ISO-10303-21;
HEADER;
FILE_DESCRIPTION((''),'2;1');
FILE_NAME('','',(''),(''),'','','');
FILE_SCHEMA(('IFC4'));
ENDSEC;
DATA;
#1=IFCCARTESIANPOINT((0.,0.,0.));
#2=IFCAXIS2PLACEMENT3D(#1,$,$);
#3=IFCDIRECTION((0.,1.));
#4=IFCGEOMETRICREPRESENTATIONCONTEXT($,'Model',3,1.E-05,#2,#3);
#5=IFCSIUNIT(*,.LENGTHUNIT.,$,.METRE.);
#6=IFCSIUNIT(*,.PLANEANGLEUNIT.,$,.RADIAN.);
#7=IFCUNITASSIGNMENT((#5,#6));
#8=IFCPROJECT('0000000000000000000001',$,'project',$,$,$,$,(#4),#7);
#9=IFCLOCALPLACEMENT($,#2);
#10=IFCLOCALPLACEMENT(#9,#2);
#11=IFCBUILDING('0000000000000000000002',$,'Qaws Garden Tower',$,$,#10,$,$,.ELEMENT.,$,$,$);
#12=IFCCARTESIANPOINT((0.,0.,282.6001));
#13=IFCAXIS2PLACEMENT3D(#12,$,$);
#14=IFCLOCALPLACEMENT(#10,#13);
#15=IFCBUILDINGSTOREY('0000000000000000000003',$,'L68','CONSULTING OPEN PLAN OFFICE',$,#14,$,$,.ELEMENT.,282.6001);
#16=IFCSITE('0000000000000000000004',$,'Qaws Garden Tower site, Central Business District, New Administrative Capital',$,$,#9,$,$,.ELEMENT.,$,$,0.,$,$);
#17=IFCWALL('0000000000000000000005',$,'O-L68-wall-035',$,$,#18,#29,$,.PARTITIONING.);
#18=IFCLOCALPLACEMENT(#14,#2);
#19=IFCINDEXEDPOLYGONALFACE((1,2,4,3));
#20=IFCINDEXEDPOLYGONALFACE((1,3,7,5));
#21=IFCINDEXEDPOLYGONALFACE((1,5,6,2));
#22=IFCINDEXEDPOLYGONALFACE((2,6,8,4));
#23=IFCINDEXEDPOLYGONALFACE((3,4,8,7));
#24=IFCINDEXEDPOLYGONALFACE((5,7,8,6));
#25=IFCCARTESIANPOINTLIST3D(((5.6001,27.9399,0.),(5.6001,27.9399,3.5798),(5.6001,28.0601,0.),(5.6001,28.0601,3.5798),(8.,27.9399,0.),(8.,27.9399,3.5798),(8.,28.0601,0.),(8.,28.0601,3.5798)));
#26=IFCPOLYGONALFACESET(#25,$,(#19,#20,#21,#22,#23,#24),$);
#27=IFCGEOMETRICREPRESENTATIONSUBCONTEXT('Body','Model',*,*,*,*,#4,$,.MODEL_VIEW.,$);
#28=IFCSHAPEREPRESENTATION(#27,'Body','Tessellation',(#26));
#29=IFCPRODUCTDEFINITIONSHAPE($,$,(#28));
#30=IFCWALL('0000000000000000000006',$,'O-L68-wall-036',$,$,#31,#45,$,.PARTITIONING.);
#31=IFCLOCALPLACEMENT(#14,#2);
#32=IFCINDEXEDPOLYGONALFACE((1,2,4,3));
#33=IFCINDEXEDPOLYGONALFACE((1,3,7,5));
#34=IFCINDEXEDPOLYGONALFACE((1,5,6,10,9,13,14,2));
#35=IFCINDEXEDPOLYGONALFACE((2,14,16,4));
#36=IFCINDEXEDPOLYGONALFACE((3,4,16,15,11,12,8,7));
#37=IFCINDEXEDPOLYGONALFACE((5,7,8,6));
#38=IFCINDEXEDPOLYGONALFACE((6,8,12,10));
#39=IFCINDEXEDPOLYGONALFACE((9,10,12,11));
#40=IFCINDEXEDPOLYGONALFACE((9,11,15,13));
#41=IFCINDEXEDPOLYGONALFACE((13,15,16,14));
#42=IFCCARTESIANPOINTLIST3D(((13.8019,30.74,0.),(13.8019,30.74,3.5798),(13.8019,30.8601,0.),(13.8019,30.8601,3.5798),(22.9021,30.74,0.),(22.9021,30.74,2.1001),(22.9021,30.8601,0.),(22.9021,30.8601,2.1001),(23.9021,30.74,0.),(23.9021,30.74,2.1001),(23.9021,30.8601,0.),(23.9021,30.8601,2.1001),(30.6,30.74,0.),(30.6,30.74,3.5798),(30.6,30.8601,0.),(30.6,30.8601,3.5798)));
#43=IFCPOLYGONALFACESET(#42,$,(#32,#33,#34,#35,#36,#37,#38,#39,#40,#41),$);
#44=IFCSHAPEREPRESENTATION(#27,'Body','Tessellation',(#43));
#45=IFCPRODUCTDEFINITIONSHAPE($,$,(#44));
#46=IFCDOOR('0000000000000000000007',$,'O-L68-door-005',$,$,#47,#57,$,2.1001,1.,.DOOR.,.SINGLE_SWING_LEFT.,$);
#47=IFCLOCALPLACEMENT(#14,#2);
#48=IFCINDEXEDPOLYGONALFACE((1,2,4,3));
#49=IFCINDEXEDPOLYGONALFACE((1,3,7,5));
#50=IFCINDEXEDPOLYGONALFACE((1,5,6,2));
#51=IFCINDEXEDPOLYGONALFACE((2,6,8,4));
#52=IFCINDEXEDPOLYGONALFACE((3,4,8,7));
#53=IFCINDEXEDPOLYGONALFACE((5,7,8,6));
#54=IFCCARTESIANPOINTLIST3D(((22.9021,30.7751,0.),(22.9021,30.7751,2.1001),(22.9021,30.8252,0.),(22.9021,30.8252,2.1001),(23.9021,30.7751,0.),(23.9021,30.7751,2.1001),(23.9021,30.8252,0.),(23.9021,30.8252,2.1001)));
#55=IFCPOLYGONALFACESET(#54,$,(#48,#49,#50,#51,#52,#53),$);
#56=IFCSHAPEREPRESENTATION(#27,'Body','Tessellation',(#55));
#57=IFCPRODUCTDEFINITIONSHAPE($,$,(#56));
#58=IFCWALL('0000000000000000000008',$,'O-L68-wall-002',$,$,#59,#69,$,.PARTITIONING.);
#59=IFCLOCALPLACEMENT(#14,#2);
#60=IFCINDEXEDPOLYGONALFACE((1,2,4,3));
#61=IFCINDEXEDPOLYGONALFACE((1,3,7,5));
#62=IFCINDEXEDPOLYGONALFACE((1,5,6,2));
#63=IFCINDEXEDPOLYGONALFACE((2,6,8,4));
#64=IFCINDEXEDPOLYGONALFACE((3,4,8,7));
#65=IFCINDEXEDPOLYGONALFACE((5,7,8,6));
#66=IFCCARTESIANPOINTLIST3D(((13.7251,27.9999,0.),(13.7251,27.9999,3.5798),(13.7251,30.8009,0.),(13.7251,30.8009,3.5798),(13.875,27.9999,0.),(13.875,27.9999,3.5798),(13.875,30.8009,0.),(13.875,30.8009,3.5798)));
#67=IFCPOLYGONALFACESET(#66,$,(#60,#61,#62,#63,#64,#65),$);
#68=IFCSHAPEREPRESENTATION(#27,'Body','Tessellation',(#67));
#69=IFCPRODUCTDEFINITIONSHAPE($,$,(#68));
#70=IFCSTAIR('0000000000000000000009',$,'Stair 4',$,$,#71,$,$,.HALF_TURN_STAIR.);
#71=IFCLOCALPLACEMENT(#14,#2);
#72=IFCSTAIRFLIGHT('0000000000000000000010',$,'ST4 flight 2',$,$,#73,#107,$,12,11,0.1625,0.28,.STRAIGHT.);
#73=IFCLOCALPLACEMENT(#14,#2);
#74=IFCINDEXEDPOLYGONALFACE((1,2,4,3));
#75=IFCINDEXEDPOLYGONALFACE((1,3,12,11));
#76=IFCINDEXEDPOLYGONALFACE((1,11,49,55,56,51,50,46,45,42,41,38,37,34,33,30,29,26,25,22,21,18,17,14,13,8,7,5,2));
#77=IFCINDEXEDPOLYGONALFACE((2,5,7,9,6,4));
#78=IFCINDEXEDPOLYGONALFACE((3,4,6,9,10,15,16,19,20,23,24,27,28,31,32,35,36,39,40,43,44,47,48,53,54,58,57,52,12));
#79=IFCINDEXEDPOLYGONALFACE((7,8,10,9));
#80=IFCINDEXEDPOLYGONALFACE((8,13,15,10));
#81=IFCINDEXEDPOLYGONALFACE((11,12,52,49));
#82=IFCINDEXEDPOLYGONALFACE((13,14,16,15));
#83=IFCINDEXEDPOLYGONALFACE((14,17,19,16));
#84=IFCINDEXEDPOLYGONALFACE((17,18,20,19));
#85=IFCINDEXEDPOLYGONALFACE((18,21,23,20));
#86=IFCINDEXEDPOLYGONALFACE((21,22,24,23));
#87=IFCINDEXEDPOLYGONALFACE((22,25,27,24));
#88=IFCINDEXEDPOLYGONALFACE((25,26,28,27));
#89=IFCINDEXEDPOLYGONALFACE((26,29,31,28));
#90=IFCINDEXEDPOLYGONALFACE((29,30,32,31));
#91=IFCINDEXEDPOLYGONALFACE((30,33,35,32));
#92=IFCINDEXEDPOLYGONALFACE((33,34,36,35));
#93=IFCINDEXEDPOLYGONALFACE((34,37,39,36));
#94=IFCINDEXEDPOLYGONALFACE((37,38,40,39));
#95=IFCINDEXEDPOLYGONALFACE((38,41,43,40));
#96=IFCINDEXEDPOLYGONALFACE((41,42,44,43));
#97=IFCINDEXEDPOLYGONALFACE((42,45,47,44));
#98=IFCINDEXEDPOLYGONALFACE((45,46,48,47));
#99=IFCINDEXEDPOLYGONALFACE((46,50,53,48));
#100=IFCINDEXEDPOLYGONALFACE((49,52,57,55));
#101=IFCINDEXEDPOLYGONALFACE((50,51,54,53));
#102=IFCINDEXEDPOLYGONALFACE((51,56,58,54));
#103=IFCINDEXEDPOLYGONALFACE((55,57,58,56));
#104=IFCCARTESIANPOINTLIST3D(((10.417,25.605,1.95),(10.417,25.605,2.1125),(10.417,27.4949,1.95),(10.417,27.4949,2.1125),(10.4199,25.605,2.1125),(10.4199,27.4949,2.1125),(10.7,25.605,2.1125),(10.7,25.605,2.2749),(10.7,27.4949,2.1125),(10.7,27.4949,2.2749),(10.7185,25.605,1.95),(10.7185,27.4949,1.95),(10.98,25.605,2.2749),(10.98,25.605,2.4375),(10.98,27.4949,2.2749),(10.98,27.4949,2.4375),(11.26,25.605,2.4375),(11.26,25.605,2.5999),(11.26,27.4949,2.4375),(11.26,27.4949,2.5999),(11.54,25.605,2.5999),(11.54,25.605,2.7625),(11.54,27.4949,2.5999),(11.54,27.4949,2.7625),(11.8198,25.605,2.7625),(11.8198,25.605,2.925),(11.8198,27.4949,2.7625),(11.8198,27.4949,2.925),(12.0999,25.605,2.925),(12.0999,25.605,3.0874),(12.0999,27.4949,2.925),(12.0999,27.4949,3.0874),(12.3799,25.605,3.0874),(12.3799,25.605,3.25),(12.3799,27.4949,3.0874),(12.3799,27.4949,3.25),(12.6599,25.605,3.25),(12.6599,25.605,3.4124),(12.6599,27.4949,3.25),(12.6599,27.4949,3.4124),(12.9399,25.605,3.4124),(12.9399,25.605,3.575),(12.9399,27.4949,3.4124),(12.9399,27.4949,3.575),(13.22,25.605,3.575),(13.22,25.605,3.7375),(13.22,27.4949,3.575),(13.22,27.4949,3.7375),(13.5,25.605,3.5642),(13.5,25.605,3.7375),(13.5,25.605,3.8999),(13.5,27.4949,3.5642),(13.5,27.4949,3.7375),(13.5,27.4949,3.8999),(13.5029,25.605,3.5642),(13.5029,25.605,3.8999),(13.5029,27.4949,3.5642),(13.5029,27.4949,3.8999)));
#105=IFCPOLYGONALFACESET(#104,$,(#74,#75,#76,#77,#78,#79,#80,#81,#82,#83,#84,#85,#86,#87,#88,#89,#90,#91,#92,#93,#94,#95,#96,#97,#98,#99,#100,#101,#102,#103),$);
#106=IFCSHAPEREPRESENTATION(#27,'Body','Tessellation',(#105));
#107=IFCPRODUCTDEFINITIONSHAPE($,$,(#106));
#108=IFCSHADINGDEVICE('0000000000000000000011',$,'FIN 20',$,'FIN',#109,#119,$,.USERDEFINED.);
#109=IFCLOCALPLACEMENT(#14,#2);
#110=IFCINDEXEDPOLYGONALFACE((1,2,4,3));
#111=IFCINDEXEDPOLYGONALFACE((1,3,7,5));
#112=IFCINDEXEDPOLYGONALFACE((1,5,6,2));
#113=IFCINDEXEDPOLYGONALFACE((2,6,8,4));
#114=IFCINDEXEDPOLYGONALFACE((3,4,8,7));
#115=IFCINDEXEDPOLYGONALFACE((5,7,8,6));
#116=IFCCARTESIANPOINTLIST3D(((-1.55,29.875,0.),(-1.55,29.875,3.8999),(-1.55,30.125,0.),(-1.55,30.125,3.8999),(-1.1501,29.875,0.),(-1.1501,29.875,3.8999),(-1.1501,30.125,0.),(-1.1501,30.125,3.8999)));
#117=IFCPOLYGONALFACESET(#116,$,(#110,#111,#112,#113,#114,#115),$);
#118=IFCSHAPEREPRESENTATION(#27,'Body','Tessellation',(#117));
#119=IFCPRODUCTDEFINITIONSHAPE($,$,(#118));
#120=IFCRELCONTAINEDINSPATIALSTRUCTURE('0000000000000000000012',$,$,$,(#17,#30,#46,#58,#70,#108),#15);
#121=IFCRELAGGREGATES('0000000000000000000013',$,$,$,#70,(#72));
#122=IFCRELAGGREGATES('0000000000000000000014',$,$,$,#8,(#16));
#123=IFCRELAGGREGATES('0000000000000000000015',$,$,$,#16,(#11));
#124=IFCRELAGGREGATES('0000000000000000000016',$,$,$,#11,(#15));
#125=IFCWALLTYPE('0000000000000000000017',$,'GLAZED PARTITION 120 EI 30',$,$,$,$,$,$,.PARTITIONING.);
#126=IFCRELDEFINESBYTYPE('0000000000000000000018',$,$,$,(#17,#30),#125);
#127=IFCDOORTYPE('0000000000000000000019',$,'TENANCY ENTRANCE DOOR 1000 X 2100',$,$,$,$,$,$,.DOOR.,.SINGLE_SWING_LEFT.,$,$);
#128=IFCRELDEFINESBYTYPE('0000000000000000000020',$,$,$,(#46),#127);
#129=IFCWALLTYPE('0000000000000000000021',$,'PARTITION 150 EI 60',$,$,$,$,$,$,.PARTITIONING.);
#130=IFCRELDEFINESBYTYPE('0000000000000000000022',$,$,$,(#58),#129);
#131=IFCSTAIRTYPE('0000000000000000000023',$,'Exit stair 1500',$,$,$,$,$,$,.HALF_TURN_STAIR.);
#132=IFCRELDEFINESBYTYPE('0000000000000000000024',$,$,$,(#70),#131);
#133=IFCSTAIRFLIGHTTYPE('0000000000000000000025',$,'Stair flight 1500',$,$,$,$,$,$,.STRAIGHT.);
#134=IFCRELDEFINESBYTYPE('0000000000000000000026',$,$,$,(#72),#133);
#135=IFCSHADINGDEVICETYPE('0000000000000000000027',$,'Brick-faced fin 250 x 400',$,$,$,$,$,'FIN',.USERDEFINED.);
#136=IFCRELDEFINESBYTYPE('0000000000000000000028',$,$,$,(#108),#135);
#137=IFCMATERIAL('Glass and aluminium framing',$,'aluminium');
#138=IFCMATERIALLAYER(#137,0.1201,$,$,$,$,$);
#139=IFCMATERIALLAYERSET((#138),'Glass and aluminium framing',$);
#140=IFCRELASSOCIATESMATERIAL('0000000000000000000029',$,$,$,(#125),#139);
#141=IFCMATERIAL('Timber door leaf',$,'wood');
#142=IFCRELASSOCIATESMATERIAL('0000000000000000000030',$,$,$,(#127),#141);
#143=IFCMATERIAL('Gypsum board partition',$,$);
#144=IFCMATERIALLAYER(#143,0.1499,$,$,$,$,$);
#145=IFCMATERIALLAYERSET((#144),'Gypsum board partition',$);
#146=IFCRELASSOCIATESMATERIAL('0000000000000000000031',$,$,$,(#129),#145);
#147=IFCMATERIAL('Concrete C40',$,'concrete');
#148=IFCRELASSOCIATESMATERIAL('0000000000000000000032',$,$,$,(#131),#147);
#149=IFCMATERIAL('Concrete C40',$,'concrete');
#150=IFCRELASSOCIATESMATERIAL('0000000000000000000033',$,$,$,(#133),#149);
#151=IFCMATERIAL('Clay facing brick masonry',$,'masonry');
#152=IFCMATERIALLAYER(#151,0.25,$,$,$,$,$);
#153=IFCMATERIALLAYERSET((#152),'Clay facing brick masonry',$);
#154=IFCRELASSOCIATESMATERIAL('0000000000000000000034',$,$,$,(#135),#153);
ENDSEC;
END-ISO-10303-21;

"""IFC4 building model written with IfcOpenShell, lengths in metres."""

from ifc_helpers import new_model, si_unit, direction, frame, frame_2d, origin, origin_2d, place, context, subcontext, project, spatial, polyline, rectangle, outline, extrude, material, layer, layer_set, type_object, element, fill, aggregate, save


model = new_model("IFC4")

# Units and contexts
model_context = context("Model", 3, precision=1e-05, world=origin(), true_north=direction((0.0, 1.0)))
body_context = subcontext(model_context, "Body", "Model", "MODEL_VIEW")
ifc_project = project(units=[si_unit("LENGTHUNIT", "METRE"), si_unit("PLANEANGLEUNIT", "RADIAN")], contexts=[model_context])

# Site, building, storey
site_placement = place(None, origin())
site = spatial("IfcSite", under=ifc_project, at=site_placement, Name="Qaws Garden Tower site, Central Business District, New Administrative Capital", CompositionType="ELEMENT", RefElevation=0.0)
building_placement = place(site_placement, origin())
building = spatial("IfcBuilding", under=site, at=building_placement, Name="Qaws Garden Tower", CompositionType="ELEMENT")
storey_placement = place(building_placement, frame((0.0, 0.0, 282.6001)))
storey = spatial("IfcBuildingStorey", under=building, at=storey_placement, Name="L68", Description="CONSULTING OPEN PLAN OFFICE", CompositionType="ELEMENT", Elevation=282.6001)

# Shared definitions
ifc_material_1 = material(Name="Glass and aluminium framing", Category="aluminium")
ifc_layer_1 = layer(ifc_material_1, 0.1201)
ifc_layer_set_1 = layer_set([ifc_layer_1], Name="Glass and aluminium framing")
wall_type_1 = type_object("IfcWallType", Name="GLAZED PARTITION 120 EI 30", PredefinedType="PARTITIONING", material=ifc_layer_set_1)

# Wall
wall_1_placement = place(storey_placement, frame((5.6001, 28.0, 0.0), z_axis=(0.0, 0.0, 1.0), x_axis=(1.0, 0.0, 0.0)))
element("IfcWall", 1, at=wall_1_placement, inside=storey, type_object=wall_type_1, Name="O-L68-wall-035", PredefinedType="PARTITIONING", context=body_context, shape_type="SweptSolid", body=[
    extrude(rectangle(XDim=2.3999, YDim=0.1201, at=frame_2d((1.2, 0.0))), origin(), (0.0, 0.0, 1.0), 3.5798),
])

# Wall, opening, door
wall_2_placement = place(storey_placement, frame((13.802, 30.8, 0.0), z_axis=(0.0, 0.0, 1.0), x_axis=(1.0, 0.0, 0.0)))
wall_2 = element("IfcWall", 2, at=wall_2_placement, inside=storey, type_object=wall_type_1, Name="O-L68-wall-036", PredefinedType="PARTITIONING", context=body_context, shape_type="SweptSolid", body=[
    extrude(rectangle(XDim=16.7981, YDim=0.1201, at=frame_2d((8.3989, 0.0))), origin(), (0.0, 0.0, 1.0), 3.5798),
])
opening_1_placement = place(wall_2_placement, frame((9.1001, 0.0, 0.0)))
opening_1 = element("IfcOpeningElement", 3, at=opening_1_placement, cuts=wall_2, PredefinedType="OPENING", context=body_context, shape_type="SweptSolid", body=[
    extrude(rectangle(XDim=1.0, YDim=2.1001, at=frame_2d((0.5, 1.05))), frame((0.0, 0.0701, 0.0), z_axis=(0.0, -1.0, 0.0), x_axis=(1.0, 0.0, 0.0)), (0.0, 0.0, 1.0), 0.1401),
])
ifc_material_2 = material(Name="Timber door leaf", Category="wood")
door_type_1 = type_object("IfcDoorType", Name="TENANCY ENTRANCE DOOR 1000 X 2100", OperationType="SINGLE_SWING_LEFT", PredefinedType="DOOR", material=ifc_material_2)
door_1_placement = place(opening_1_placement, frame((1.0, 0.0, 0.0), z_axis=(0.0, 0.0, 1.0), x_axis=(-1.0, 0.0, 0.0)))
door_1 = element("IfcDoor", 4, at=door_1_placement, inside=storey, type_object=door_type_1, Name="O-L68-door-005", OperationType="SINGLE_SWING_LEFT", OverallHeight=2.1001, OverallWidth=1.0, PredefinedType="DOOR", context=body_context, shape_type="SweptSolid", body=[
    extrude(rectangle(XDim=1.0, YDim=2.1001, at=frame_2d((0.5, 1.05))), frame((0.0, 0.0249, 0.0), z_axis=(0.0, -1.0, 0.0), x_axis=(1.0, 0.0, 0.0)), (0.0, 0.0, 1.0), 0.05),
])
fill(opening_1, door_1)

# Wall
ifc_material_3 = material(Name="Gypsum board partition")
ifc_layer_2 = layer(ifc_material_3, 0.1499)
ifc_layer_set_2 = layer_set([ifc_layer_2], Name="Gypsum board partition")
wall_type_2 = type_object("IfcWallType", Name="PARTITION 150 EI 60", PredefinedType="PARTITIONING", material=ifc_layer_set_2)
wall_3_placement = place(storey_placement, frame((13.8, 28.0, 0.0), z_axis=(0.0, 0.0, 1.0), x_axis=(0.0, 1.0, 0.0)))
element("IfcWall", 5, at=wall_3_placement, inside=storey, type_object=wall_type_2, Name="O-L68-wall-002", PredefinedType="PARTITIONING", context=body_context, shape_type="SweptSolid", body=[
    extrude(rectangle(XDim=2.801, YDim=0.1499, at=frame_2d((1.4004, 0.0))), origin(), (0.0, 0.0, 1.0), 3.5798),
])

# Stair, stair flight
ifc_material_4 = material(Name="Concrete C40", Category="concrete")
stair_type = type_object("IfcStairType", Name="Exit stair 1500", PredefinedType="HALF_TURN_STAIR", material=ifc_material_4)
stair_placement = place(storey_placement, origin())
stair = element("IfcStair", 6, at=stair_placement, inside=storey, type_object=stair_type, Name="Stair 4", PredefinedType="HALF_TURN_STAIR")
ifc_material_5 = material(Name="Concrete C40", Category="concrete")
stair_flight_type = type_object("IfcStairFlightType", Name="Stair flight 1500", PredefinedType="STRAIGHT", material=ifc_material_5)
stair_flight_placement = place(storey_placement, frame((10.4199, 26.55, 1.95), z_axis=(0.0, 0.0, 1.0), x_axis=(1.0, 0.0, 0.0)))
stair_flight = element("IfcStairFlight", 7, at=stair_flight_placement, type_object=stair_flight_type, Name="ST4 flight 2", NumberOfRisers=12, NumberOfTreads=11, PredefinedType="STRAIGHT", RiserHeight=0.1625, TreadLength=0.28, context=body_context, shape_type="SweptSolid", body=[
    extrude(outline(polyline([(-0.0029, 0.0), (-0.0029, 0.1626), (0.0, 0.1626), (0.28, 0.1626), (0.28, 0.325), (0.5601, 0.325), (0.5601, 0.4875), (0.8401, 0.4875), (0.8401, 0.6499), (1.1201, 0.6499), (1.1201, 0.8125), (1.3999, 0.8125), (1.3999, 0.9751), (1.6799, 0.9751), (1.6799, 1.1375), (1.96, 1.1375), (1.96, 1.3), (2.24, 1.3), (2.24, 1.4624), (2.52, 1.4624), (2.52, 1.625), (2.8, 1.625), (2.8, 1.7876), (3.0801, 1.7876), (3.0801, 1.95), (3.083, 1.95), (3.083, 1.6143), (3.0801, 1.6143), (0.2986, 0.0), (-0.0029, 0.0)])), frame((0.0, 0.9448, 0.0), z_axis=(0.0, -1.0, 0.0), x_axis=(1.0, 0.0, 0.0)), (0.0, 0.0, 1.0), 1.8899),
])
aggregate(stair, [stair_flight])

# Shading device
ifc_material_6 = material(Name="Clay facing brick masonry", Category="masonry")
ifc_layer_3 = layer(ifc_material_6, 0.25)
ifc_layer_set_3 = layer_set([ifc_layer_3], Name="Clay facing brick masonry")
shading_device_type = type_object("IfcShadingDeviceType", Name="Brick-faced fin 250 x 400", ElementType="FIN", PredefinedType="USERDEFINED", material=ifc_layer_set_3)
shading_device_placement = place(storey_placement, frame((-1.3501, 30.0, 0.0), z_axis=(0.0, 0.0, 1.0), x_axis=(0.0, -1.0, 0.0)))
element("IfcShadingDevice", 8, at=shading_device_placement, inside=storey, type_object=shading_device_type, Name="FIN 20", ObjectType="FIN", PredefinedType="USERDEFINED", context=body_context, shape_type="SweptSolid", body=[
    extrude(rectangle(XDim=0.25, YDim=0.3999, at=origin_2d()), origin(), (0.0, 0.0, 1.0), 3.8999),
])

save(model, "model.ifc")
